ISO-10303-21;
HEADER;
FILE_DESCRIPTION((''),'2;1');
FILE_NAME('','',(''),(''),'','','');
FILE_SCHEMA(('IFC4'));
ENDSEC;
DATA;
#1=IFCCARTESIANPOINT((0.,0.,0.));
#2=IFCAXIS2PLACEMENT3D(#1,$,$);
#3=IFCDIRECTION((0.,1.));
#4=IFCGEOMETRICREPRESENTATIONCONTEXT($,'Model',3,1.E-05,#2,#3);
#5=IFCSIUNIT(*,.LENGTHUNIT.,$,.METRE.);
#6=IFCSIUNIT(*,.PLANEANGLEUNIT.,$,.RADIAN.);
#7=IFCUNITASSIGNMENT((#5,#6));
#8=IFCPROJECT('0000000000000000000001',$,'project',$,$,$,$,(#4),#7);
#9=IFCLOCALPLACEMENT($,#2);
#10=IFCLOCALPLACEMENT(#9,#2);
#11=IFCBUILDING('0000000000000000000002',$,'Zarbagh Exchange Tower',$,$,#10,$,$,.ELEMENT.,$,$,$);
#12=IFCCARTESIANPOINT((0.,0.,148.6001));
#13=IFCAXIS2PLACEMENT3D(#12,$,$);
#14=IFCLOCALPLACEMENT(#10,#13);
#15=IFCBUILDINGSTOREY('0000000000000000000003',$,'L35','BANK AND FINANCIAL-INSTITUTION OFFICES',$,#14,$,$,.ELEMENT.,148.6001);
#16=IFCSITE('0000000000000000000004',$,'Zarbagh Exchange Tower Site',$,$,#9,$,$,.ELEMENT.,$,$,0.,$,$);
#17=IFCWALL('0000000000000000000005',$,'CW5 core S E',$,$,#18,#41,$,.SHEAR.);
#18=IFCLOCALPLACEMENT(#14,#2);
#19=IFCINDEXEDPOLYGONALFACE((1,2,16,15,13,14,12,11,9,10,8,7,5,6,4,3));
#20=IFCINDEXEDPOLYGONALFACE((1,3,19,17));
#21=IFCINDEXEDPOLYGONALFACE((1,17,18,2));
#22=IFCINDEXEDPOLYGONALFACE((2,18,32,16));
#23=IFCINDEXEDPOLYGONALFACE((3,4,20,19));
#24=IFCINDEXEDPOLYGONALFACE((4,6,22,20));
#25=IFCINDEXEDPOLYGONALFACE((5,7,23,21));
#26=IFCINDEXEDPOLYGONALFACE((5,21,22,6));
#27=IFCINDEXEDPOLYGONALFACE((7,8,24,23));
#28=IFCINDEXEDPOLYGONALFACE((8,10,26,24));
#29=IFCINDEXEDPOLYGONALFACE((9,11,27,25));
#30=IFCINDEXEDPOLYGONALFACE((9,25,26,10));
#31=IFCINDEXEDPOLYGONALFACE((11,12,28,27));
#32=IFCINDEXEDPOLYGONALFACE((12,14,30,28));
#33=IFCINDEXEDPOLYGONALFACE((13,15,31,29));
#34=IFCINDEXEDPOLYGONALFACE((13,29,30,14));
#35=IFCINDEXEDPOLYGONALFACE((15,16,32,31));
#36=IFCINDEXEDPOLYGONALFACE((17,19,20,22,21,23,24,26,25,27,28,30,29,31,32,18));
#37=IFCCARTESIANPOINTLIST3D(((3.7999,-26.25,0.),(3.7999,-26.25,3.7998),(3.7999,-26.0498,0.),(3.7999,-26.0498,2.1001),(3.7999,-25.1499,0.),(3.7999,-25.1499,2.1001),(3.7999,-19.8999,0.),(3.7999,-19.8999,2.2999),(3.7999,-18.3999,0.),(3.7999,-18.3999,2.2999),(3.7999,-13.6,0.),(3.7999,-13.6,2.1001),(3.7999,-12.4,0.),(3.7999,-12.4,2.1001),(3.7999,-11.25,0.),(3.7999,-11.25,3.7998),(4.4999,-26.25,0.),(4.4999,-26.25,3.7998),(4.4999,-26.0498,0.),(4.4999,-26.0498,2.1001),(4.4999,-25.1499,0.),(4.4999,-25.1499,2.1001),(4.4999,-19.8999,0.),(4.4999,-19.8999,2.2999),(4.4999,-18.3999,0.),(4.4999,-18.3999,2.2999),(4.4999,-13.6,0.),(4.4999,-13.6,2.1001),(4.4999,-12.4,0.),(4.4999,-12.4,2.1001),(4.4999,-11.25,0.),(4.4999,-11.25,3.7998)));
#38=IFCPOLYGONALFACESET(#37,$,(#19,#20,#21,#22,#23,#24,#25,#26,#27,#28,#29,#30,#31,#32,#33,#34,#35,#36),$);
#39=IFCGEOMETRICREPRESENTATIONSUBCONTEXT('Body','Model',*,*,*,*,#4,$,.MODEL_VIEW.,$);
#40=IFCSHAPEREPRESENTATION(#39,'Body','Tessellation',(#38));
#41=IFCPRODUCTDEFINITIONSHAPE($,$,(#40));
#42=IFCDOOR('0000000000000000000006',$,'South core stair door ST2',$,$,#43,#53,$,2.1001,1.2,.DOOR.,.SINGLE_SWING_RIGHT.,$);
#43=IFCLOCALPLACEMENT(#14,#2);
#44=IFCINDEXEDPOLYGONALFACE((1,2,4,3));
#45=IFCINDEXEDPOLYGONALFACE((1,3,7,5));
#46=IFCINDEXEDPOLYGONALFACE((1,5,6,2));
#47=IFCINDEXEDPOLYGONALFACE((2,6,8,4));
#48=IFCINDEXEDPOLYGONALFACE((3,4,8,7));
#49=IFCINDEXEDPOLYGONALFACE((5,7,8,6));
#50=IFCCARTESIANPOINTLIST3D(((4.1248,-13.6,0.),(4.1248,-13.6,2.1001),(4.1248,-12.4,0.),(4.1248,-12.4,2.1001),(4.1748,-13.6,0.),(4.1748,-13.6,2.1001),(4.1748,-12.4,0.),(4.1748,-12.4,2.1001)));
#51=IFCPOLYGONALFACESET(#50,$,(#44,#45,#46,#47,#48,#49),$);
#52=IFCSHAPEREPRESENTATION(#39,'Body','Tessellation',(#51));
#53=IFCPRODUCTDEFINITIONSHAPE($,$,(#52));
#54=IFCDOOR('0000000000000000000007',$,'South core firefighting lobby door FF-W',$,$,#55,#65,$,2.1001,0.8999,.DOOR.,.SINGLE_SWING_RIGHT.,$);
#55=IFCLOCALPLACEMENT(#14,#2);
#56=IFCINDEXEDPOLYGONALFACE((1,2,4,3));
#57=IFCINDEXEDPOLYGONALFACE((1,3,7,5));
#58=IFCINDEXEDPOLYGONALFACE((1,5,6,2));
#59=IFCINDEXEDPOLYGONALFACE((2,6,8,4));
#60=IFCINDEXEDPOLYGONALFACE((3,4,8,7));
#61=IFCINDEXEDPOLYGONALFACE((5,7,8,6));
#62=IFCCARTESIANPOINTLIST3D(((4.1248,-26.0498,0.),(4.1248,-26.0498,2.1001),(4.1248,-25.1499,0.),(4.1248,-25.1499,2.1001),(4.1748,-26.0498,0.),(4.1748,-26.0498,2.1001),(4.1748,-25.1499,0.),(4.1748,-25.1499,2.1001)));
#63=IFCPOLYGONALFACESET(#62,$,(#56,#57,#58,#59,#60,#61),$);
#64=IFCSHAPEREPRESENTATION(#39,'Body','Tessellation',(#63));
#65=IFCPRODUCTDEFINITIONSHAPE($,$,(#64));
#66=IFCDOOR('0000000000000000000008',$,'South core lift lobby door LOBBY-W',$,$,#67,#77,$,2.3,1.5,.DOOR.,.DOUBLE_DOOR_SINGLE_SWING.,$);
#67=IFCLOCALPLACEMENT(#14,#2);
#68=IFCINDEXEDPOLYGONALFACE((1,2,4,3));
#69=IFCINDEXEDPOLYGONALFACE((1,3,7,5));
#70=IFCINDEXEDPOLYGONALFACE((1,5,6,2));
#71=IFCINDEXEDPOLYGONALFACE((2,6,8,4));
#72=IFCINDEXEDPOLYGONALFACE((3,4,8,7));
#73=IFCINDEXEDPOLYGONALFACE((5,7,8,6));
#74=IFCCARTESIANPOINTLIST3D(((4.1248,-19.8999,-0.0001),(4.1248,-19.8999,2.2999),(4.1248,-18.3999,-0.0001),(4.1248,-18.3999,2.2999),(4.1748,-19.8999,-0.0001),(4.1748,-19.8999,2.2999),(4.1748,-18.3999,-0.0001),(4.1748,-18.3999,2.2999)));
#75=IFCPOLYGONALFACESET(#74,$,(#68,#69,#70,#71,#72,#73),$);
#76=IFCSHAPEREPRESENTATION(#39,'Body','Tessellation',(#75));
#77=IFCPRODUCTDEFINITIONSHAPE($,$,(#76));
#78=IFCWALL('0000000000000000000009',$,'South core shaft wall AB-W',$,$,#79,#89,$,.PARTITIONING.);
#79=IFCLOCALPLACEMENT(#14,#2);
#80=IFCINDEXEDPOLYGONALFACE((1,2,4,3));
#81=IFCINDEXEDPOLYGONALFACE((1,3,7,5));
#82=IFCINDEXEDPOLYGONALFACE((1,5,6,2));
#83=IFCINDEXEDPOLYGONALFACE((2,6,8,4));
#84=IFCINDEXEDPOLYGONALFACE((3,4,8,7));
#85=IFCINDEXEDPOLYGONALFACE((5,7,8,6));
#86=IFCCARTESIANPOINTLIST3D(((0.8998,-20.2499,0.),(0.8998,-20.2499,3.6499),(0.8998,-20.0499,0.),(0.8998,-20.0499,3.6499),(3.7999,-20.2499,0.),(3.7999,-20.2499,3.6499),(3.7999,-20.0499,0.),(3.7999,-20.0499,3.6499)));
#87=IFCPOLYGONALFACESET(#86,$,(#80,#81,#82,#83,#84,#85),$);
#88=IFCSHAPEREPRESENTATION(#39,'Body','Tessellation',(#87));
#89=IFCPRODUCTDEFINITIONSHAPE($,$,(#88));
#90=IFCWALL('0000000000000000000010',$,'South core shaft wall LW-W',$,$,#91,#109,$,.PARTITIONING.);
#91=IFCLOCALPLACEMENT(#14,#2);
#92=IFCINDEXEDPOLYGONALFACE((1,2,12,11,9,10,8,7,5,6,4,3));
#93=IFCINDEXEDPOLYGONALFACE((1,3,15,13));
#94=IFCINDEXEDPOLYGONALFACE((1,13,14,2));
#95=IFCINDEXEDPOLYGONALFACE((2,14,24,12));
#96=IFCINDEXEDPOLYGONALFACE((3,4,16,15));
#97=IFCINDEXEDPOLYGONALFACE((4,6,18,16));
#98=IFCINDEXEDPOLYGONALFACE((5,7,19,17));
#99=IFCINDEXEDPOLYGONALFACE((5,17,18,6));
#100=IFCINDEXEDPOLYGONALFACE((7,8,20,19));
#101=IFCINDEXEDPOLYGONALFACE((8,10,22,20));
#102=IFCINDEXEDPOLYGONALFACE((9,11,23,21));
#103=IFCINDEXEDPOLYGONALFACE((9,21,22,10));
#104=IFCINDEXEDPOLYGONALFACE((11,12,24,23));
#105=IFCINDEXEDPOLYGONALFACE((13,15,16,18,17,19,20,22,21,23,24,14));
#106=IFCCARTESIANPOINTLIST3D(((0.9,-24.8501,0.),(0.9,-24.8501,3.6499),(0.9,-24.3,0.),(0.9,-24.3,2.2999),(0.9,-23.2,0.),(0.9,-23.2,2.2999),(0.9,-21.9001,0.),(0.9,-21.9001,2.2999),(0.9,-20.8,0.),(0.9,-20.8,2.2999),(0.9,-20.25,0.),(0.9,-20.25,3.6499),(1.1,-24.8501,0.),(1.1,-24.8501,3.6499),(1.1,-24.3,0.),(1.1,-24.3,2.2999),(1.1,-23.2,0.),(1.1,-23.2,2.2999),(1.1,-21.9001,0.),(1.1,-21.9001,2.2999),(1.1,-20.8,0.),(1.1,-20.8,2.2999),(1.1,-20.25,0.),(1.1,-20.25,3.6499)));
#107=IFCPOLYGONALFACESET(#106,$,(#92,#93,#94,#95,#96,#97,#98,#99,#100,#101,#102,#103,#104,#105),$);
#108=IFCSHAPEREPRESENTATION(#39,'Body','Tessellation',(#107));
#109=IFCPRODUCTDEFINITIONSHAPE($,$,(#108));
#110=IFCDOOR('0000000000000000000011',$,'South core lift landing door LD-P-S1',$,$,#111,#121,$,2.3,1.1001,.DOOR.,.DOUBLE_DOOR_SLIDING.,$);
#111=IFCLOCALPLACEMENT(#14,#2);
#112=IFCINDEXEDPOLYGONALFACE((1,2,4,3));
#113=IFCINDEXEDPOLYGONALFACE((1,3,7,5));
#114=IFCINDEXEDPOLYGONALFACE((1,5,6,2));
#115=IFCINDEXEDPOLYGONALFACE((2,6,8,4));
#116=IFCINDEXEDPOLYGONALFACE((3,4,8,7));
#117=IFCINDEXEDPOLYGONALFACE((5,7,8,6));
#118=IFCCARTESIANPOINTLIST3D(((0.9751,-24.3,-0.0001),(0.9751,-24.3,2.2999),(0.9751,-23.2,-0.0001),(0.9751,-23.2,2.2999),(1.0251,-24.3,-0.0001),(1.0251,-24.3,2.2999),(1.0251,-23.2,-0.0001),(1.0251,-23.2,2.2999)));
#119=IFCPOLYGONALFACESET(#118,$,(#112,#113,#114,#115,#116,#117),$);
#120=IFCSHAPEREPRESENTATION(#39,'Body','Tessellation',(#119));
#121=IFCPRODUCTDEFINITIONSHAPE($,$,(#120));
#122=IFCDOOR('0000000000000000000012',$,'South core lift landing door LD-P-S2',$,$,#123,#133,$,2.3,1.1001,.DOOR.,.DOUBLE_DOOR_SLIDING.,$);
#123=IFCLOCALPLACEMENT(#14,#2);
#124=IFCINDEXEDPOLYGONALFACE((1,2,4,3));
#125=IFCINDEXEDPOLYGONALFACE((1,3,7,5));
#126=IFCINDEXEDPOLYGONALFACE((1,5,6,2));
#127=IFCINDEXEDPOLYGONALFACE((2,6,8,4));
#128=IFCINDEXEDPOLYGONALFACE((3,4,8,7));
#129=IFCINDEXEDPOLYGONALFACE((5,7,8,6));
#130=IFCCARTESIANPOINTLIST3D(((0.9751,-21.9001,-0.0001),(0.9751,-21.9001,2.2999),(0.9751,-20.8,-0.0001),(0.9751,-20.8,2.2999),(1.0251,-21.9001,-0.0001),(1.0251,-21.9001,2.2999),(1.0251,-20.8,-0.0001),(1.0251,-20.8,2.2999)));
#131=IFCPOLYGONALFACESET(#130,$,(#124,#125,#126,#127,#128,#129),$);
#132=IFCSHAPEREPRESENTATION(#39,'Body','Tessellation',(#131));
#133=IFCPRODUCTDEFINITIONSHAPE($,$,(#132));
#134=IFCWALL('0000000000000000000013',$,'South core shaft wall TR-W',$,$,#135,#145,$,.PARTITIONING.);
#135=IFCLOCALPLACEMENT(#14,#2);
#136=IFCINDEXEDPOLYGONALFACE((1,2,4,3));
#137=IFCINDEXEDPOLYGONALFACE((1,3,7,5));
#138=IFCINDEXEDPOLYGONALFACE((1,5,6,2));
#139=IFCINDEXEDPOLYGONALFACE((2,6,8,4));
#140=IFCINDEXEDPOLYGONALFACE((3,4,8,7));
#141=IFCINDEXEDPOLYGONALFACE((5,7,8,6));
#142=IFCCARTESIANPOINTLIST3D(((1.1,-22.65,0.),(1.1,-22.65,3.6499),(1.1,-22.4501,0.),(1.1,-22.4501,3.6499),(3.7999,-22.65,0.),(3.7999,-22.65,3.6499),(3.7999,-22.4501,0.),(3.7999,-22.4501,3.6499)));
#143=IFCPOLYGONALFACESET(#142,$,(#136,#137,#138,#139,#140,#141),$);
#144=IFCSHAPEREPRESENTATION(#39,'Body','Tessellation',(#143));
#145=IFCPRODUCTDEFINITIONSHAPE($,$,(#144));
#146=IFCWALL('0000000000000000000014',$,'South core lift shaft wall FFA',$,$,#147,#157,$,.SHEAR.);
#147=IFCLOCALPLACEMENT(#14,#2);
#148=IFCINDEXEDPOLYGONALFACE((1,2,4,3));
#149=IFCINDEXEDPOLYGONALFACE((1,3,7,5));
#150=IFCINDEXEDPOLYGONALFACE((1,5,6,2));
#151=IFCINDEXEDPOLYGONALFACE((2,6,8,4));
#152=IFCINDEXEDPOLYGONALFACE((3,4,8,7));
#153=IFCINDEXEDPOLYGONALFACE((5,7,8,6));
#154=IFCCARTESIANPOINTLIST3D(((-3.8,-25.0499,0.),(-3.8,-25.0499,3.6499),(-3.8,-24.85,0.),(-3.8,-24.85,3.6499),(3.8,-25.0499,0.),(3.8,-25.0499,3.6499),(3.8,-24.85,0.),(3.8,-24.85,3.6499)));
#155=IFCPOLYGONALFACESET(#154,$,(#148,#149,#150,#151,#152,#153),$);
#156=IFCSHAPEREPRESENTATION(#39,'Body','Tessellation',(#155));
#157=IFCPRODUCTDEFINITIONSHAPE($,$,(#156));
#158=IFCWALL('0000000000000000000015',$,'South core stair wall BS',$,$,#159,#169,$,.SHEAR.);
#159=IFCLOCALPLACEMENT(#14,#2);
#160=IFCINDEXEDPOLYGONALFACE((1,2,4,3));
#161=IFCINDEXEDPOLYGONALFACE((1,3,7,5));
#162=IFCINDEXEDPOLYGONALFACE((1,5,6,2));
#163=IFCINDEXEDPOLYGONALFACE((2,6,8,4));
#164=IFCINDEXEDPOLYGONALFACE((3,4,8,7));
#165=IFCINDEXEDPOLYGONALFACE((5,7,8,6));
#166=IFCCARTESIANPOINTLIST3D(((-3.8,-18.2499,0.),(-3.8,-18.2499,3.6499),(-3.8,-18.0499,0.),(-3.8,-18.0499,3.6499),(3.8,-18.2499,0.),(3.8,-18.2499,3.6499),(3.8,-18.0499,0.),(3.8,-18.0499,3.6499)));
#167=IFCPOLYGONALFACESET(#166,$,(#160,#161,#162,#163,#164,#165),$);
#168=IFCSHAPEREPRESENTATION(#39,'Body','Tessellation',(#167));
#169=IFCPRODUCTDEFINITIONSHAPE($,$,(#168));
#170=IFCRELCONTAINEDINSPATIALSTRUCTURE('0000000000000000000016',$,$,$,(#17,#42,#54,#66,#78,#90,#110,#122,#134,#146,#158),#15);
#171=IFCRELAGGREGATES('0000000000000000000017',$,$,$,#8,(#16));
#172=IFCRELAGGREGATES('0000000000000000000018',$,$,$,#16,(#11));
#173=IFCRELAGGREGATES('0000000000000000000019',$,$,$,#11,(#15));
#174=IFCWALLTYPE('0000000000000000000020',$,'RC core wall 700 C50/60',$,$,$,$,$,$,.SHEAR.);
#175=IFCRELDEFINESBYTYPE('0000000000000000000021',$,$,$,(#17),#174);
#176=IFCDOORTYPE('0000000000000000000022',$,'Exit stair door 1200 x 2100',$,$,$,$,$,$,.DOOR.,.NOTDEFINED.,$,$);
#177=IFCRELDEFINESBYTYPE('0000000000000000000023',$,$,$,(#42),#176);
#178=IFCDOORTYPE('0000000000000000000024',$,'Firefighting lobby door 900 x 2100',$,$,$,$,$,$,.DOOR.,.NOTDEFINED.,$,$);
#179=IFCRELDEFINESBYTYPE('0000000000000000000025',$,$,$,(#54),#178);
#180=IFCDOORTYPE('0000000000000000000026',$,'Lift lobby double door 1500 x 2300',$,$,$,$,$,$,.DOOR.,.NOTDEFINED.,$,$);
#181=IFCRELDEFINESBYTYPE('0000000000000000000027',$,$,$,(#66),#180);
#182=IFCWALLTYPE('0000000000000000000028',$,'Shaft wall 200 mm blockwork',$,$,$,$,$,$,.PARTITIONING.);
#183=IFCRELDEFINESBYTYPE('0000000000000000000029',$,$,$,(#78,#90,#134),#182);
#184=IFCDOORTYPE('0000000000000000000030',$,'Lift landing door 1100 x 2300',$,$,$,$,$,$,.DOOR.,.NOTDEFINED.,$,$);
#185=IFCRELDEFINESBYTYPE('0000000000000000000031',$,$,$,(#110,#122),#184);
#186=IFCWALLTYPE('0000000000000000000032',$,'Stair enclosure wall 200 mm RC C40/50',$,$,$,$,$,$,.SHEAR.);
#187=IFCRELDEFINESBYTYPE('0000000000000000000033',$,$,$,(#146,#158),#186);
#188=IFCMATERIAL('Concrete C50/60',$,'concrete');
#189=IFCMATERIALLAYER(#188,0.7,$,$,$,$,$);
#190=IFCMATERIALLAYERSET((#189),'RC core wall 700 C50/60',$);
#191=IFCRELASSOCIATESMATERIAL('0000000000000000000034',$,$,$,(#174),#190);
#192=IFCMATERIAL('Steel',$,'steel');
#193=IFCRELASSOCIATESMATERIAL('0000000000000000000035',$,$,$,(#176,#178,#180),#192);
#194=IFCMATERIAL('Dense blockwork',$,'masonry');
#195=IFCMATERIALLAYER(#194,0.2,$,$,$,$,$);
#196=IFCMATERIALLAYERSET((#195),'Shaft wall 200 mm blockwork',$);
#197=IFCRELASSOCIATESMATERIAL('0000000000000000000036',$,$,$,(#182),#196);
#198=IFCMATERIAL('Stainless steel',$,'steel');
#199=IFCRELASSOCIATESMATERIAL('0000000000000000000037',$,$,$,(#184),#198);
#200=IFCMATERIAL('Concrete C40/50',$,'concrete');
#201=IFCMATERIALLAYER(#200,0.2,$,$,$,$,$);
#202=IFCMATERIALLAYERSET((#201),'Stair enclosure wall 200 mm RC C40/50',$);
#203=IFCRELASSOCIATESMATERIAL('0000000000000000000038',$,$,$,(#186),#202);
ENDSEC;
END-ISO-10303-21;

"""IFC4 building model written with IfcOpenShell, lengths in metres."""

from ifc_helpers import new_model, si_unit, direction, frame, frame_2d, origin, place, context, subcontext, project, spatial, rectangle, extrude, material, layer, layer_set, type_object, element, fill, save


model = new_model("IFC4")

# Units and contexts
model_context = context("Model", 3, precision=1e-05, world=origin(), true_north=direction((0.0, 1.0)))
body_context = subcontext(model_context, "Body", "Model", "MODEL_VIEW")
ifc_project = project(units=[si_unit("LENGTHUNIT", "METRE"), si_unit("PLANEANGLEUNIT", "RADIAN")], contexts=[model_context])

# Site, building, storey
site_placement = place(None, origin())
site = spatial("IfcSite", under=ifc_project, at=site_placement, Name="Zarbagh Exchange Tower Site", CompositionType="ELEMENT", RefElevation=0.0)
building_placement = place(site_placement, origin())
building = spatial("IfcBuilding", under=site, at=building_placement, Name="Zarbagh Exchange Tower", CompositionType="ELEMENT")
storey_placement = place(building_placement, frame((0.0, 0.0, 148.6001)))
storey = spatial("IfcBuildingStorey", under=building, at=storey_placement, Name="L35", Description="BANK AND FINANCIAL-INSTITUTION OFFICES", CompositionType="ELEMENT", Elevation=148.6001)

# Shared definitions
ifc_material_1 = material(Name="Concrete C50/60", Category="concrete")

# Wall, openings, doors
ifc_layer_1 = layer(ifc_material_1, 0.7)
ifc_layer_set_1 = layer_set([ifc_layer_1], Name="RC core wall 700 C50/60")
wall_type_1 = type_object("IfcWallType", Name="RC core wall 700 C50/60", PredefinedType="SHEAR", material=ifc_layer_set_1)
wall_1_placement = place(storey_placement, frame((4.1499, -11.25, 0.0), z_axis=(0.0, 0.0, 1.0), x_axis=(0.0, -1.0, 0.0)))
wall_1 = element("IfcWall", 1, at=wall_1_placement, inside=storey, type_object=wall_type_1, Name="CW5 core S E", PredefinedType="SHEAR", context=body_context, shape_type="SweptSolid", body=[
    extrude(rectangle(XDim=15.0, YDim=0.7, at=frame_2d((7.5, 0.0))), origin(), (0.0, 0.0, 1.0), 3.7998),
])
opening_1_placement = place(wall_1_placement, frame((7.1499, 0.0, 0.0)))
opening_1 = element("IfcOpeningElement", 2, at=opening_1_placement, cuts=wall_1, PredefinedType="OPENING", context=body_context, shape_type="SweptSolid", body=[
    extrude(rectangle(XDim=1.5, YDim=2.3, at=frame_2d((0.75, 1.1499))), frame((0.0, 0.3599, 0.0), z_axis=(0.0, -1.0, 0.0), x_axis=(1.0, 0.0, 0.0)), (0.0, 0.0, 1.0), 0.72),
])
opening_2_placement = place(wall_1_placement, frame((13.8999, 0.0, 0.0)))
opening_2 = element("IfcOpeningElement", 3, at=opening_2_placement, cuts=wall_1, PredefinedType="OPENING", context=body_context, shape_type="SweptSolid", body=[
    extrude(rectangle(XDim=0.8999, YDim=2.1001, at=frame_2d((0.45, 1.05))), frame((0.0, 0.3599, 0.0), z_axis=(0.0, -1.0, 0.0), x_axis=(1.0, 0.0, 0.0)), (0.0, 0.0, 1.0), 0.72),
])
opening_3_placement = place(wall_1_placement, frame((1.1499, 0.0, 0.0)))
opening_3 = element("IfcOpeningElement", 4, at=opening_3_placement, cuts=wall_1, PredefinedType="OPENING", context=body_context, shape_type="SweptSolid", body=[
    extrude(rectangle(XDim=1.2, YDim=2.1001, at=frame_2d((0.6001, 1.05))), frame((0.0, 0.3599, 0.0), z_axis=(0.0, -1.0, 0.0), x_axis=(1.0, 0.0, 0.0)), (0.0, 0.0, 1.0), 0.72),
])
ifc_material_2 = material(Name="Steel", Category="steel")
door_type_1 = type_object("IfcDoorType", Name="Exit stair door 1200 x 2100", OperationType="NOTDEFINED", PredefinedType="DOOR", material=ifc_material_2)
door_1_placement = place(opening_3_placement, origin())
door_1 = element("IfcDoor", 5, at=door_1_placement, inside=storey, type_object=door_type_1, Name="South core stair door ST2", OperationType="SINGLE_SWING_RIGHT", OverallHeight=2.1001, OverallWidth=1.2, PredefinedType="DOOR", context=body_context, shape_type="SweptSolid", body=[
    extrude(rectangle(XDim=1.2, YDim=2.1001, at=frame_2d((0.6001, 1.05))), frame((0.0, 0.0249, 0.0), z_axis=(0.0, -1.0, 0.0), x_axis=(1.0, 0.0, 0.0)), (0.0, 0.0, 1.0), 0.05),
])
fill(opening_3, door_1)
door_type_2 = type_object("IfcDoorType", Name="Firefighting lobby door 900 x 2100", OperationType="NOTDEFINED", PredefinedType="DOOR", material=ifc_material_2)
door_2_placement = place(opening_2_placement, origin())
door_2 = element("IfcDoor", 6, at=door_2_placement, inside=storey, type_object=door_type_2, Name="South core firefighting lobby door FF-W", OperationType="SINGLE_SWING_RIGHT", OverallHeight=2.1001, OverallWidth=0.8999, PredefinedType="DOOR", context=body_context, shape_type="SweptSolid", body=[
    extrude(rectangle(XDim=0.8999, YDim=2.1001, at=frame_2d((0.45, 1.05))), frame((0.0, 0.0249, 0.0), z_axis=(0.0, -1.0, 0.0), x_axis=(1.0, 0.0, 0.0)), (0.0, 0.0, 1.0), 0.05),
])
fill(opening_2, door_2)
door_type_3 = type_object("IfcDoorType", Name="Lift lobby double door 1500 x 2300", OperationType="NOTDEFINED", PredefinedType="DOOR", material=ifc_material_2)
door_3_placement = place(opening_1_placement, origin())
door_3 = element("IfcDoor", 7, at=door_3_placement, inside=storey, type_object=door_type_3, Name="South core lift lobby door LOBBY-W", OperationType="DOUBLE_DOOR_SINGLE_SWING", OverallHeight=2.3, OverallWidth=1.5, PredefinedType="DOOR", context=body_context, shape_type="SweptSolid", body=[
    extrude(rectangle(XDim=1.5, YDim=2.3, at=frame_2d((0.75, 1.1499))), frame((0.0, 0.0249, 0.0), z_axis=(0.0, -1.0, 0.0), x_axis=(1.0, 0.0, 0.0)), (0.0, 0.0, 1.0), 0.05),
])
fill(opening_1, door_3)

# Wall
ifc_material_3 = material(Name="Dense blockwork", Category="masonry")
ifc_layer_2 = layer(ifc_material_3, 0.2)
ifc_layer_set_2 = layer_set([ifc_layer_2], Name="Shaft wall 200 mm blockwork")
wall_type_2 = type_object("IfcWallType", Name="Shaft wall 200 mm blockwork", PredefinedType="PARTITIONING", material=ifc_layer_set_2)
wall_2_placement = place(storey_placement, frame((3.8, -20.1499, 0.0), z_axis=(0.0, 0.0, 1.0), x_axis=(-1.0, 0.0, 0.0)))
element("IfcWall", 8, at=wall_2_placement, inside=storey, type_object=wall_type_2, Name="South core shaft wall AB-W", PredefinedType="PARTITIONING", context=body_context, shape_type="SweptSolid", body=[
    extrude(rectangle(XDim=2.9001, YDim=0.2, at=frame_2d((1.4502, 0.0))), origin(), (0.0, 0.0, 1.0), 3.6499),
])

# Wall, openings, doors
wall_3_placement = place(storey_placement, frame((1.0, -24.8501, 0.0), z_axis=(0.0, 0.0, 1.0), x_axis=(0.0, 1.0, 0.0)))
wall_3 = element("IfcWall", 9, at=wall_3_placement, inside=storey, type_object=wall_type_2, Name="South core shaft wall LW-W", PredefinedType="PARTITIONING", context=body_context, shape_type="SweptSolid", body=[
    extrude(rectangle(XDim=4.6001, YDim=0.2, at=frame_2d((2.3, 0.0))), origin(), (0.0, 0.0, 1.0), 3.6499),
])
opening_4_placement = place(wall_3_placement, frame((0.55, 0.0, 0.0)))
opening_4 = element("IfcOpeningElement", 10, at=opening_4_placement, cuts=wall_3, PredefinedType="OPENING", context=body_context, shape_type="SweptSolid", body=[
    extrude(rectangle(XDim=1.1001, YDim=2.3, at=frame_2d((0.55, 1.1499))), frame((0.0, 0.1099, 0.0), z_axis=(0.0, -1.0, 0.0), x_axis=(1.0, 0.0, 0.0)), (0.0, 0.0, 1.0), 0.22),
])
opening_5_placement = place(wall_3_placement, frame((2.95, 0.0, 0.0)))
opening_5 = element("IfcOpeningElement", 11, at=opening_5_placement, cuts=wall_3, PredefinedType="OPENING", context=body_context, shape_type="SweptSolid", body=[
    extrude(rectangle(XDim=1.1001, YDim=2.3, at=frame_2d((0.55, 1.1499))), frame((0.0, 0.1099, 0.0), z_axis=(0.0, -1.0, 0.0), x_axis=(1.0, 0.0, 0.0)), (0.0, 0.0, 1.0), 0.22),
])
ifc_material_4 = material(Name="Stainless steel", Category="steel")
door_type_4 = type_object("IfcDoorType", Name="Lift landing door 1100 x 2300", OperationType="NOTDEFINED", PredefinedType="DOOR", material=ifc_material_4)
door_4_placement = place(opening_4_placement, origin())
door_4 = element("IfcDoor", 12, at=door_4_placement, inside=storey, type_object=door_type_4, Name="South core lift landing door LD-P-S1", OperationType="DOUBLE_DOOR_SLIDING", OverallHeight=2.3, OverallWidth=1.1001, PredefinedType="DOOR", context=body_context, shape_type="SweptSolid", body=[
    extrude(rectangle(XDim=1.1001, YDim=2.3, at=frame_2d((0.55, 1.1499))), frame((0.0, 0.0249, 0.0), z_axis=(0.0, -1.0, 0.0), x_axis=(1.0, 0.0, 0.0)), (0.0, 0.0, 1.0), 0.05),
])
fill(opening_4, door_4)
door_5_placement = place(opening_5_placement, origin())
door_5 = element("IfcDoor", 13, at=door_5_placement, inside=storey, type_object=door_type_4, Name="South core lift landing door LD-P-S2", OperationType="DOUBLE_DOOR_SLIDING", OverallHeight=2.3, OverallWidth=1.1001, PredefinedType="DOOR", context=body_context, shape_type="SweptSolid", body=[
    extrude(rectangle(XDim=1.1001, YDim=2.3, at=frame_2d((0.55, 1.1499))), frame((0.0, 0.0249, 0.0), z_axis=(0.0, -1.0, 0.0), x_axis=(1.0, 0.0, 0.0)), (0.0, 0.0, 1.0), 0.05),
])
fill(opening_5, door_5)

# Walls
wall_4_placement = place(storey_placement, frame((3.8, -22.55, 0.0), z_axis=(0.0, 0.0, 1.0), x_axis=(-1.0, 0.0, 0.0)))
element("IfcWall", 14, at=wall_4_placement, inside=storey, type_object=wall_type_2, Name="South core shaft wall TR-W", PredefinedType="PARTITIONING", context=body_context, shape_type="SweptSolid", body=[
    extrude(rectangle(XDim=2.7, YDim=0.2, at=frame_2d((1.3501, 0.0))), origin(), (0.0, 0.0, 1.0), 3.6499),
])
ifc_material_5 = material(Name="Concrete C40/50", Category="concrete")
ifc_layer_3 = layer(ifc_material_5, 0.2)
ifc_layer_set_3 = layer_set([ifc_layer_3], Name="Stair enclosure wall 200 mm RC C40/50")
wall_type_3 = type_object("IfcWallType", Name="Stair enclosure wall 200 mm RC C40/50", PredefinedType="SHEAR", material=ifc_layer_set_3)
for number, where, z_axis, x_axis, name in (
    (15, (3.8, -24.95, 0.0), (0.0, 0.0, 1.0), (-1.0, 0.0, 0.0), "South core lift shaft wall FFA"),
    (16, (3.8, -18.1499, 0.0), (0.0, 0.0, 1.0), (-1.0, 0.0, 0.0), "South core stair wall BS"),
):
    element("IfcWall", number, at=place(storey_placement, frame(where, z_axis=z_axis, x_axis=x_axis)), inside=storey, type_object=wall_type_3, Name=name, PredefinedType="SHEAR", context=body_context, shape_type="SweptSolid", body=[
        extrude(rectangle(XDim=7.6001, YDim=0.2, at=frame_2d((3.8, 0.0))), origin(), (0.0, 0.0, 1.0), 3.6499),
    ])

save(model, "model.ifc")
